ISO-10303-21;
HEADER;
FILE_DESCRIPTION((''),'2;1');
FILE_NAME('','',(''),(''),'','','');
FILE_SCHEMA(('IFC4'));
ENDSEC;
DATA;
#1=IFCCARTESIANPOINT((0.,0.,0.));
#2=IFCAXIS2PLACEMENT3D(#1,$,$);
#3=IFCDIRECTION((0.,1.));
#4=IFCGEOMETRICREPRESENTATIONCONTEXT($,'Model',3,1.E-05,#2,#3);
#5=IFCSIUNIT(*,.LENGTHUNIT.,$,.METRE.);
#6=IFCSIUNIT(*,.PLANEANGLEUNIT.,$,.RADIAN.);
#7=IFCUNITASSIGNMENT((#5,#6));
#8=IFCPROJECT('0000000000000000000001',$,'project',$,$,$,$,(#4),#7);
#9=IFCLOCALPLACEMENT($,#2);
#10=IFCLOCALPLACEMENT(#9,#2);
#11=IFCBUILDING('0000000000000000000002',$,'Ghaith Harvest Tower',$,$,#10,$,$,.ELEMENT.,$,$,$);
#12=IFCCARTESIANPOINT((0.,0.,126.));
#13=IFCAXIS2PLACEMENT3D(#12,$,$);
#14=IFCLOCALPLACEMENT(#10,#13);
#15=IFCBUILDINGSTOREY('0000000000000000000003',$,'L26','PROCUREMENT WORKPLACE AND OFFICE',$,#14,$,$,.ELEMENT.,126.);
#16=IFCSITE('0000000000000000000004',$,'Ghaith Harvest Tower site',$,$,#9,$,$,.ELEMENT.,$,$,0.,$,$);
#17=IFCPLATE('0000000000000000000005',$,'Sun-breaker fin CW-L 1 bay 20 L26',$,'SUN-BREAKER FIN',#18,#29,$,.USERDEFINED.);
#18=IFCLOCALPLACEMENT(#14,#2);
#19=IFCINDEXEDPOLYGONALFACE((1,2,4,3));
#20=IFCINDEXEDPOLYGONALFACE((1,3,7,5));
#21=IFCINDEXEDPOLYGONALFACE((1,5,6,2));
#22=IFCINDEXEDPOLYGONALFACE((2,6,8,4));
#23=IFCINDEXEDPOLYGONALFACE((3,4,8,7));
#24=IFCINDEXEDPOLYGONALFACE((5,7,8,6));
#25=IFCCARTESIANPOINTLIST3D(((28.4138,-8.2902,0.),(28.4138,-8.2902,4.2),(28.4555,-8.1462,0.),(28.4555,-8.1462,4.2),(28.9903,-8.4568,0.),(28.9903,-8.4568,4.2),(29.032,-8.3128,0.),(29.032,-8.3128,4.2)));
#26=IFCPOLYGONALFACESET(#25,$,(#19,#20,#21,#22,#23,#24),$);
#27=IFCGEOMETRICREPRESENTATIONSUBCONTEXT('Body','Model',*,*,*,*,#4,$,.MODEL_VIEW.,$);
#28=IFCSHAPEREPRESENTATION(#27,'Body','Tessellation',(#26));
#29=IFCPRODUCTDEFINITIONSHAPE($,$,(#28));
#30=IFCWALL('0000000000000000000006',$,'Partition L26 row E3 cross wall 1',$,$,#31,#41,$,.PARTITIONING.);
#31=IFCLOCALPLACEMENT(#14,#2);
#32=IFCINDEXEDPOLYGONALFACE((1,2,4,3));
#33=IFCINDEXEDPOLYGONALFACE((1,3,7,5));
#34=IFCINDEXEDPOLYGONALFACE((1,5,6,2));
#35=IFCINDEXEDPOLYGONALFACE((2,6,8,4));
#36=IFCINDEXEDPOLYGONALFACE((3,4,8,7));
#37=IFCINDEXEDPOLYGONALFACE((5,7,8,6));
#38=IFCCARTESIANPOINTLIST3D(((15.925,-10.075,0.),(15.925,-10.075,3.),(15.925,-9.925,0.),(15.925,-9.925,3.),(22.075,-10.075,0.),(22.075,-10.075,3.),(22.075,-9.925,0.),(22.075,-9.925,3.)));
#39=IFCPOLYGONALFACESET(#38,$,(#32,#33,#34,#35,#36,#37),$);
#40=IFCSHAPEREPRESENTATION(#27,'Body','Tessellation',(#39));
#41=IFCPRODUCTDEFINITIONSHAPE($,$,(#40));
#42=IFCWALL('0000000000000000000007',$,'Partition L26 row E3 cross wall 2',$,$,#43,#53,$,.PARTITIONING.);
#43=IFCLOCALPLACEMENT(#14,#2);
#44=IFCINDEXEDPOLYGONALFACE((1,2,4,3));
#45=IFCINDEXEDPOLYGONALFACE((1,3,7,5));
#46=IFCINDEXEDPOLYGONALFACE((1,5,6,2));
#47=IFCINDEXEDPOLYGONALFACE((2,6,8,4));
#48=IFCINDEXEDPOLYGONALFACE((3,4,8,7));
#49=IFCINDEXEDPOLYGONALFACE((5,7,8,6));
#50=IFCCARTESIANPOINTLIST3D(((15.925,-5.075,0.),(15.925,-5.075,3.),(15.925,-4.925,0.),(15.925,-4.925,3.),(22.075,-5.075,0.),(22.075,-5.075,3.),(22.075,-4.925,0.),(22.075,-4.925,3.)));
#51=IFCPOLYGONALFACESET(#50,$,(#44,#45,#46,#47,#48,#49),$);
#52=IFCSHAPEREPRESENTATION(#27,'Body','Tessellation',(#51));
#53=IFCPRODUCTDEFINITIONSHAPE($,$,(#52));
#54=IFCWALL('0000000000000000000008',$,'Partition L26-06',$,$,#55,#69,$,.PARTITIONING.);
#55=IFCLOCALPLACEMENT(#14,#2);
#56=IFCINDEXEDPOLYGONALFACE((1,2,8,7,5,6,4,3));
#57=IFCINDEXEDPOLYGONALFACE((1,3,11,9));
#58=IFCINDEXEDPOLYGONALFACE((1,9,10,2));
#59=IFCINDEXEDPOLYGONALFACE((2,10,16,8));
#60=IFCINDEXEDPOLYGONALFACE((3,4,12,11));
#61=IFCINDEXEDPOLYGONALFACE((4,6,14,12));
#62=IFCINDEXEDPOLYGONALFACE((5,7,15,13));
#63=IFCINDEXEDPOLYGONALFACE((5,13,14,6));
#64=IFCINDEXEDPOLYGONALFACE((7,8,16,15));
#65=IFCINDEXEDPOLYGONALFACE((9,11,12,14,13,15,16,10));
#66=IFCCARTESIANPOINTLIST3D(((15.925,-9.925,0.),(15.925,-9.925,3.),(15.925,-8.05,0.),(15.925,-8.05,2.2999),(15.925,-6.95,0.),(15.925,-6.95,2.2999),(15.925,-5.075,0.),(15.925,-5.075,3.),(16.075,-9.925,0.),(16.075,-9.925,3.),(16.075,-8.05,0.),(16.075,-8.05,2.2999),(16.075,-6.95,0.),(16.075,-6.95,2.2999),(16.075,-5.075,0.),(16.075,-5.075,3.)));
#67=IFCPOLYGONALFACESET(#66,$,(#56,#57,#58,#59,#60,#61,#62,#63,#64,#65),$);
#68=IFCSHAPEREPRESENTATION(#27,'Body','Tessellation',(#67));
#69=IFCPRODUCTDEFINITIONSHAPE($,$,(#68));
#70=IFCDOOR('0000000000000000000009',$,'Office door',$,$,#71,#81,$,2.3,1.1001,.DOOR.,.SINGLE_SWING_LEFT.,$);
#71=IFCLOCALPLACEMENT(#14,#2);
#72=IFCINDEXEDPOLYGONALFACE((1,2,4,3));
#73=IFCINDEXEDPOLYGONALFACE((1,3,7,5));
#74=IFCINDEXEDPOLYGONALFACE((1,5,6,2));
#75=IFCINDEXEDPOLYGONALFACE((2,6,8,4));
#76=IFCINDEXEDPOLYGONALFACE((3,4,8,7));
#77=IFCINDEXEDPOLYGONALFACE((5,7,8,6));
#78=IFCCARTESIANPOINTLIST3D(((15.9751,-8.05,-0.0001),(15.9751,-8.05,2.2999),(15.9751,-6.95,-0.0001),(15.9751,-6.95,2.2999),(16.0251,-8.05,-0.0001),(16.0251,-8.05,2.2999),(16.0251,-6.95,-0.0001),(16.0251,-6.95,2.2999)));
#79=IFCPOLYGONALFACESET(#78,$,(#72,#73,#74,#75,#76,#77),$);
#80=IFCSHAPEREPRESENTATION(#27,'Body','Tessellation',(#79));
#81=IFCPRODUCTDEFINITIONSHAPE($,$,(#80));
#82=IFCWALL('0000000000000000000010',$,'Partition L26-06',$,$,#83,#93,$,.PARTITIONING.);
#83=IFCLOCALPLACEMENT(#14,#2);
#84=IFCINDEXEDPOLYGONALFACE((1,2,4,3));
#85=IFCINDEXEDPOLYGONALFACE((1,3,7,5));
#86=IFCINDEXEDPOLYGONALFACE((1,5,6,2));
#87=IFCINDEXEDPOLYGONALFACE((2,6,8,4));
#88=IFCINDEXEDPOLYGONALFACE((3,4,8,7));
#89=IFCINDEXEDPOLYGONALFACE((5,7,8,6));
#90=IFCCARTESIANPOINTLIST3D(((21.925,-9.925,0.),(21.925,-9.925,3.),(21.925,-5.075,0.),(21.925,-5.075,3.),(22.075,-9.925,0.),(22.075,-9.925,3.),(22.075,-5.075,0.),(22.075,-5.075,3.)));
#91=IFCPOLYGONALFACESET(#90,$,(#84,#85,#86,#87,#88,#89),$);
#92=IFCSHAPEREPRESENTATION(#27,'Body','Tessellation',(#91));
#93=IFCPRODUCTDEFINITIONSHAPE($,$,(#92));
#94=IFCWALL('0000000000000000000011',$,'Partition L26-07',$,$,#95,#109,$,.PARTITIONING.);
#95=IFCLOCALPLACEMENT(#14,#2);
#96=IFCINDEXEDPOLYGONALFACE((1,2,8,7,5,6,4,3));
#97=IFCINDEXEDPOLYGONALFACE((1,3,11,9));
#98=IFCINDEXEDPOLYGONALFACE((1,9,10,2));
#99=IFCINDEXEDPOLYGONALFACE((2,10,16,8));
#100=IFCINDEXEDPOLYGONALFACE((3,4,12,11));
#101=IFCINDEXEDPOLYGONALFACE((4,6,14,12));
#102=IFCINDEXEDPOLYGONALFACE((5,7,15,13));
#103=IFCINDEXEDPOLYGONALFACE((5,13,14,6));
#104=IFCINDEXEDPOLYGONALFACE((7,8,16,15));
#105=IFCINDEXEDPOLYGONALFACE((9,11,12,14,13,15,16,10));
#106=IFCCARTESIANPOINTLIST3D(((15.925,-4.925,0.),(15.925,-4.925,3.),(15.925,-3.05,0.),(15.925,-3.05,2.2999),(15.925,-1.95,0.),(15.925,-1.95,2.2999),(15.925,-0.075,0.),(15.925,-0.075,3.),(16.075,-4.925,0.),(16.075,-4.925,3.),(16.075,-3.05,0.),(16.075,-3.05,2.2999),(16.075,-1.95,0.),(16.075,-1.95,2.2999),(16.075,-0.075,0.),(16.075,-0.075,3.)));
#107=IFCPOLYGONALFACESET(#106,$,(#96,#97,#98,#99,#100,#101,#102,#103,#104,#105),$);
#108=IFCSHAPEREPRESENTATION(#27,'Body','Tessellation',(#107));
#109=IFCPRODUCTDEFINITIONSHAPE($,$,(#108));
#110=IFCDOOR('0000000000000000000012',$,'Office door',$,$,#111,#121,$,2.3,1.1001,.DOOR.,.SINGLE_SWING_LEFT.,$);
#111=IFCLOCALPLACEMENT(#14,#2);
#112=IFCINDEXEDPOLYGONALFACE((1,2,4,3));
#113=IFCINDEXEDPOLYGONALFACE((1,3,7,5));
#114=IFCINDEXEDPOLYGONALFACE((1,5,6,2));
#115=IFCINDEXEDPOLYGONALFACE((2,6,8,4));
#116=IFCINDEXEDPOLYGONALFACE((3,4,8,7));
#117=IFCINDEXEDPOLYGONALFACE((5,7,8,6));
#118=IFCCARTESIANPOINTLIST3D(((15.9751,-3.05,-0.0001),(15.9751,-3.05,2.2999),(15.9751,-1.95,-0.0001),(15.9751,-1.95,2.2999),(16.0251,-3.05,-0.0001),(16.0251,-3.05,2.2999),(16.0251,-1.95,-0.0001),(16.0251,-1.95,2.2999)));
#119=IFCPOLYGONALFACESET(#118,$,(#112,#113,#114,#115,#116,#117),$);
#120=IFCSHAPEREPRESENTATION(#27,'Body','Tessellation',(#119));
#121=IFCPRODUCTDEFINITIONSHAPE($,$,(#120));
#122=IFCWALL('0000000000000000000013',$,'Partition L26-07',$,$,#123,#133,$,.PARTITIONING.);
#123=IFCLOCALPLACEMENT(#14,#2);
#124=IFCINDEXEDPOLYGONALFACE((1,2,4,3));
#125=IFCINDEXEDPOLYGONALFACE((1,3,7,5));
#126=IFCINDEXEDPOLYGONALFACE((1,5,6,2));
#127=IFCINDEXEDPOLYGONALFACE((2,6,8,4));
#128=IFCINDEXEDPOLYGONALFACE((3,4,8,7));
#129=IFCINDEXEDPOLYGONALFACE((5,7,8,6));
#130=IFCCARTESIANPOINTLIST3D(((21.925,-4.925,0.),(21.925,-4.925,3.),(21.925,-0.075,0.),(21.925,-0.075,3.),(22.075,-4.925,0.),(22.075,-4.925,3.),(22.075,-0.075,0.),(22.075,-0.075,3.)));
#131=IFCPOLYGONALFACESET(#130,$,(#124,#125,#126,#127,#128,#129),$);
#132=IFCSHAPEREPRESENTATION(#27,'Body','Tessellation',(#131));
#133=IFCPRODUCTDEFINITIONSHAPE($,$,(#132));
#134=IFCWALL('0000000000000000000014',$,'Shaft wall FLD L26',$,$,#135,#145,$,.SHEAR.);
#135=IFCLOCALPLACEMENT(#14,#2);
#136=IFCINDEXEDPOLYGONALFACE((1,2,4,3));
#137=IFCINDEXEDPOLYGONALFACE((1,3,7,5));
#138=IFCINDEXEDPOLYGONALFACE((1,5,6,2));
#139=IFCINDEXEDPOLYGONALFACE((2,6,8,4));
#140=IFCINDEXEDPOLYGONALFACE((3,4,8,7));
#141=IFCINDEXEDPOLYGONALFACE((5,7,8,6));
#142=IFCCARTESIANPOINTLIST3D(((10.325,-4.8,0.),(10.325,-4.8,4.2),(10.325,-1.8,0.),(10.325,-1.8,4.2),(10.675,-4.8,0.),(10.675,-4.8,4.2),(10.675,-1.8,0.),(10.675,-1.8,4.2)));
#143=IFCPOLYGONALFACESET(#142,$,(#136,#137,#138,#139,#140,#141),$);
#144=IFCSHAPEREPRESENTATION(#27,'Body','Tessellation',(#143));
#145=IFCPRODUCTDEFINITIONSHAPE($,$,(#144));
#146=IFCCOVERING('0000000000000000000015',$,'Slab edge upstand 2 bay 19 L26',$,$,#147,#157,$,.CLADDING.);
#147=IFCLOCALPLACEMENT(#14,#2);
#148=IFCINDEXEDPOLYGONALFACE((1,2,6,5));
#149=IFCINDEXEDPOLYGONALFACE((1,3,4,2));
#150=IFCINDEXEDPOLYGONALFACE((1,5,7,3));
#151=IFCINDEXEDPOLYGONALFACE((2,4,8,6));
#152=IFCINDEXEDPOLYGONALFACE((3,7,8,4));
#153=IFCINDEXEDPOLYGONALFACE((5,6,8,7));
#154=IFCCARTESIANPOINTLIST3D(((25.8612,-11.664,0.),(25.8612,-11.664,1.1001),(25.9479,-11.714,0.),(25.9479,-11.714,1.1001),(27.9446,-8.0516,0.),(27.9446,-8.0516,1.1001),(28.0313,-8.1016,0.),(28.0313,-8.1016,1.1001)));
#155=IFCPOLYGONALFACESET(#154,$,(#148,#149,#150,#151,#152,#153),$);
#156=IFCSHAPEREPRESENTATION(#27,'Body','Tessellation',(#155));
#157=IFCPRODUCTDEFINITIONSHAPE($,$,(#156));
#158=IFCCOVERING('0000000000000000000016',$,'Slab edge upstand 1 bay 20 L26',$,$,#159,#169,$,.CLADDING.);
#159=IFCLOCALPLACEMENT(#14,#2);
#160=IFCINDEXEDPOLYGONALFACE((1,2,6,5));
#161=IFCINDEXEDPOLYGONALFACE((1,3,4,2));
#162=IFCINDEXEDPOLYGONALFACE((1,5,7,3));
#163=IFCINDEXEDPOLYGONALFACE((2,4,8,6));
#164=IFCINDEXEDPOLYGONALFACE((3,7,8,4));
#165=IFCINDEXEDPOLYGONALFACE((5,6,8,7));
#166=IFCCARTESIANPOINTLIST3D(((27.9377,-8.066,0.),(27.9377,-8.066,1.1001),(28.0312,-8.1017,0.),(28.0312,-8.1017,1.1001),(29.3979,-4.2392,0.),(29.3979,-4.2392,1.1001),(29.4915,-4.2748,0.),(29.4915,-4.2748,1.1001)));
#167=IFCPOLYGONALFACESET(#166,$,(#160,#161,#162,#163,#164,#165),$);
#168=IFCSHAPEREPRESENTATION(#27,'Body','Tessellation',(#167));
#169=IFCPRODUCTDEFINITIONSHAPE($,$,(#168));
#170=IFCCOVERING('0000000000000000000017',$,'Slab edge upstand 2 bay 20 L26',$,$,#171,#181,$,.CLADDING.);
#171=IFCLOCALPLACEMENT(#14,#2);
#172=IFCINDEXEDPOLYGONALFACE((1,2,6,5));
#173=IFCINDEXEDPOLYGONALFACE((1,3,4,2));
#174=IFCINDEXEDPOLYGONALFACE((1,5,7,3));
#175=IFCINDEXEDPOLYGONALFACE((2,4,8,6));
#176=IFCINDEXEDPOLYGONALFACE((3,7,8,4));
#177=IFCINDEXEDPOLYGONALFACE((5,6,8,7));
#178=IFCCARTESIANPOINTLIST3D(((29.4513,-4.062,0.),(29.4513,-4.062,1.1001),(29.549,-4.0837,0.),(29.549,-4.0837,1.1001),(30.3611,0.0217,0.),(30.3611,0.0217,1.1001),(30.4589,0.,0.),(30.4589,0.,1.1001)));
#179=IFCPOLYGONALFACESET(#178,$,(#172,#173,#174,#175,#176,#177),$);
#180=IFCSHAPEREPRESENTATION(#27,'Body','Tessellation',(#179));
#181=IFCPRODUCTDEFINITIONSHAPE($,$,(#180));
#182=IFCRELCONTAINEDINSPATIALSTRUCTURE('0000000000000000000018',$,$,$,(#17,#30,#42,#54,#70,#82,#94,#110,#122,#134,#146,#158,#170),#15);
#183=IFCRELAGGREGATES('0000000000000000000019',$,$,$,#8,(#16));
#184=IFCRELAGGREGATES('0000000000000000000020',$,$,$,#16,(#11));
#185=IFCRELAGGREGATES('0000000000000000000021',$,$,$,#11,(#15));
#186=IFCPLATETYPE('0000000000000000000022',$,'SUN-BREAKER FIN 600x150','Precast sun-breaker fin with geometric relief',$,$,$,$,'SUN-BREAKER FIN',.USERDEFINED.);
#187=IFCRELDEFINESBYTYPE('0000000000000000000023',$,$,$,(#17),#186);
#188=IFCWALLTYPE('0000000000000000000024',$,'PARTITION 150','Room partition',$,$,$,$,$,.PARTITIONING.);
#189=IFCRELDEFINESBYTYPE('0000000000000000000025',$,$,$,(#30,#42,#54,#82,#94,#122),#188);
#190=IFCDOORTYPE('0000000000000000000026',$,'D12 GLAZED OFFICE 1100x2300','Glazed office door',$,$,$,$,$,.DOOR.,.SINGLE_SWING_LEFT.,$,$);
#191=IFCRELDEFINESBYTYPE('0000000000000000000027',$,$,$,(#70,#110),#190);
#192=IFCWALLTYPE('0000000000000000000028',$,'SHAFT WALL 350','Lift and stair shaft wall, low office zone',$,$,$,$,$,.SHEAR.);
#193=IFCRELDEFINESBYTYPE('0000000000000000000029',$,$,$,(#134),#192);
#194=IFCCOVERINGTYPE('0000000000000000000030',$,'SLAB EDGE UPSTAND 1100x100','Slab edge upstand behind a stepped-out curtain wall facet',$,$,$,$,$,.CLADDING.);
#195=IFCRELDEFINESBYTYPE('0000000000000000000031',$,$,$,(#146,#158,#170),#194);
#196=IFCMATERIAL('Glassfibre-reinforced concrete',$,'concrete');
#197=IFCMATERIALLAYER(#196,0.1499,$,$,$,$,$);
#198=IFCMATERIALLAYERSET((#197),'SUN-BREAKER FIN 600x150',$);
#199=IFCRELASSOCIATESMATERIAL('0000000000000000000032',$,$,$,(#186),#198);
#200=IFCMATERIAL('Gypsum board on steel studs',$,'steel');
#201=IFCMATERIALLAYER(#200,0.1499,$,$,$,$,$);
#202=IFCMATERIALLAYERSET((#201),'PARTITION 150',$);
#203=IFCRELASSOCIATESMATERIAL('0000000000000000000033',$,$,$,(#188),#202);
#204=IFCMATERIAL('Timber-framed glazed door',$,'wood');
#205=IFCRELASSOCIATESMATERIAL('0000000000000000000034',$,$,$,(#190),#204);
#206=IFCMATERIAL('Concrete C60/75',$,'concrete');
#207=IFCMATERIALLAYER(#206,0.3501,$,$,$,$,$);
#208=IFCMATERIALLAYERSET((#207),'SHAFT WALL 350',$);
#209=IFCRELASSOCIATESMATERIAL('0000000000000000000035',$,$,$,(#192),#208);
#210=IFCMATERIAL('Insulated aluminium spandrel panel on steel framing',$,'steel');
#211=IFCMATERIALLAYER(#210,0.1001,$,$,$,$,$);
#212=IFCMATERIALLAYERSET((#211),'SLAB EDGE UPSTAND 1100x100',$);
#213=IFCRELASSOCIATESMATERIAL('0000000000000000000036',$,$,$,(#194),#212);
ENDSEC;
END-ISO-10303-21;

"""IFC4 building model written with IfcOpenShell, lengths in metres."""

from ifc_helpers import new_model, si_unit, direction, frame, frame_2d, origin, origin_2d, place, context, subcontext, project, spatial, rectangle, extrude, material, layer, layer_set, type_object, element, fill, save


model = new_model("IFC4")

# Units and contexts
model_context = context("Model", 3, precision=1e-05, world=origin(), true_north=direction((0.0, 1.0)))
body_context = subcontext(model_context, "Body", "Model", "MODEL_VIEW")
ifc_project = project(units=[si_unit("LENGTHUNIT", "METRE"), si_unit("PLANEANGLEUNIT", "RADIAN")], contexts=[model_context])

# Site, building, storey
site_placement = place(None, origin())
site = spatial("IfcSite", under=ifc_project, at=site_placement, Name="Ghaith Harvest Tower site", CompositionType="ELEMENT", RefElevation=0.0)
building_placement = place(site_placement, origin())
building = spatial("IfcBuilding", under=site, at=building_placement, Name="Ghaith Harvest Tower", CompositionType="ELEMENT")
storey_placement = place(building_placement, frame((0.0, 0.0, 126.0)))
storey = spatial("IfcBuildingStorey", under=building, at=storey_placement, Name="L26", Description="PROCUREMENT WORKPLACE AND OFFICE", CompositionType="ELEMENT", Elevation=126.0)

# Plate
ifc_material_1 = material(Name="Glassfibre-reinforced concrete", Category="concrete")
ifc_layer_1 = layer(ifc_material_1, 0.1499)
ifc_layer_set_1 = layer_set([ifc_layer_1], Name="SUN-BREAKER FIN 600x150")
plate_type_1 = type_object("IfcPlateType", Name="SUN-BREAKER FIN 600x150", Description="Precast sun-breaker fin with geometric relief", ElementType="SUN-BREAKER FIN", PredefinedType="USERDEFINED", material=ifc_layer_set_1)
plate_1_placement = place(storey_placement, frame((28.7229, -8.3015, 0.0), z_axis=(0.0, 0.0, 1.0), x_axis=(0.96068, -0.277657, 0.0)))
element("IfcPlate", 1, at=plate_1_placement, inside=storey, type_object=plate_type_1, Name="Sun-breaker fin CW-L 1 bay 20 L26", ObjectType="SUN-BREAKER FIN", PredefinedType="USERDEFINED", context=body_context, shape_type="SweptSolid", body=[
    extrude(rectangle(XDim=0.6001, YDim=0.1499, at=origin_2d()), origin(), (0.0, 0.0, 1.0), 4.2),
])

# Walls
ifc_material_2 = material(Name="Gypsum board on steel studs", Category="steel")
ifc_layer_2 = layer(ifc_material_2, 0.1499)
ifc_layer_set_2 = layer_set([ifc_layer_2], Name="PARTITION 150")
wall_type_1 = type_object("IfcWallType", Name="PARTITION 150", Description="Room partition", PredefinedType="PARTITIONING", material=ifc_layer_set_2)
for number, where, z_axis, x_axis, name in (
    (2, (15.925, -10.0, 0.0), (0.0, 0.0, 1.0), (1.0, 0.0, 0.0), "Partition L26 row E3 cross wall 1"),
    (3, (15.925, -5.0, 0.0), (0.0, 0.0, 1.0), (1.0, 0.0, 0.0), "Partition L26 row E3 cross wall 2"),
):
    element("IfcWall", number, at=place(storey_placement, frame(where, z_axis=z_axis, x_axis=x_axis)), inside=storey, type_object=wall_type_1, Name=name, PredefinedType="PARTITIONING", context=body_context, shape_type="SweptSolid", body=[
        extrude(rectangle(XDim=6.1499, YDim=0.1499, at=frame_2d((3.075, 0.0))), origin(), (0.0, 0.0, 1.0), 3.0),
    ])

# Wall, opening, door
wall_1_placement = place(storey_placement, frame((16.0, -9.925, 0.0), z_axis=(0.0, 0.0, 1.0), x_axis=(0.0, 1.0, 0.0)))
wall_1 = element("IfcWall", 4, at=wall_1_placement, inside=storey, type_object=wall_type_1, Name="Partition L26-06", PredefinedType="PARTITIONING", context=body_context, shape_type="SweptSolid", body=[
    extrude(rectangle(XDim=4.8501, YDim=0.1499, at=frame_2d((2.425, 0.0))), origin(), (0.0, 0.0, 1.0), 3.0),
])
opening_1_placement = place(wall_1_placement, frame((1.875, 0.0, 0.0)))
opening_1 = element("IfcOpeningElement", 5, at=opening_1_placement, cuts=wall_1, PredefinedType="OPENING", context=body_context, shape_type="SweptSolid", body=[
    extrude(rectangle(XDim=1.1001, YDim=2.3, at=frame_2d((0.55, 1.1499))), frame((0.0, 0.085, 0.0), z_axis=(0.0, -1.0, 0.0), x_axis=(1.0, 0.0, 0.0)), (0.0, 0.0, 1.0), 0.1699),
])
ifc_material_3 = material(Name="Timber-framed glazed door", Category="wood")
door_type_1 = type_object("IfcDoorType", Name="D12 GLAZED OFFICE 1100x2300", Description="Glazed office door", OperationType="SINGLE_SWING_LEFT", PredefinedType="DOOR", material=ifc_material_3)
door_1_placement = place(opening_1_placement, origin())
door_1 = element("IfcDoor", 6, at=door_1_placement, inside=storey, type_object=door_type_1, Name="Office door", OperationType="SINGLE_SWING_LEFT", OverallHeight=2.3, OverallWidth=1.1001, PredefinedType="DOOR", context=body_context, shape_type="SweptSolid", body=[
    extrude(rectangle(XDim=1.1001, YDim=2.3, at=frame_2d((0.55, 1.1499))), frame((0.0, 0.0249, 0.0), z_axis=(0.0, -1.0, 0.0), x_axis=(1.0, 0.0, 0.0)), (0.0, 0.0, 1.0), 0.05),
])
fill(opening_1, door_1)

# Wall
wall_2_placement = place(storey_placement, frame((22.0, -9.925, 0.0), z_axis=(0.0, 0.0, 1.0), x_axis=(0.0, 1.0, 0.0)))
element("IfcWall", 7, at=wall_2_placement, inside=storey, type_object=wall_type_1, Name="Partition L26-06", PredefinedType="PARTITIONING", context=body_context, shape_type="SweptSolid", body=[
    extrude(rectangle(XDim=4.8501, YDim=0.1499, at=frame_2d((2.425, 0.0))), origin(), (0.0, 0.0, 1.0), 3.0),
])

# Wall, opening, door
wall_3_placement = place(storey_placement, frame((16.0, -4.925, 0.0), z_axis=(0.0, 0.0, 1.0), x_axis=(0.0, 1.0, 0.0)))
wall_3 = element("IfcWall", 8, at=wall_3_placement, inside=storey, type_object=wall_type_1, Name="Partition L26-07", PredefinedType="PARTITIONING", context=body_context, shape_type="SweptSolid", body=[
    extrude(rectangle(XDim=4.8501, YDim=0.1499, at=frame_2d((2.425, 0.0))), origin(), (0.0, 0.0, 1.0), 3.0),
])
opening_2_placement = place(wall_3_placement, frame((1.875, 0.0, 0.0)))
opening_2 = element("IfcOpeningElement", 9, at=opening_2_placement, cuts=wall_3, PredefinedType="OPENING", context=body_context, shape_type="SweptSolid", body=[
    extrude(rectangle(XDim=1.1001, YDim=2.3, at=frame_2d((0.55, 1.1499))), frame((0.0, 0.085, 0.0), z_axis=(0.0, -1.0, 0.0), x_axis=(1.0, 0.0, 0.0)), (0.0, 0.0, 1.0), 0.1699),
])
door_2_placement = place(opening_2_placement, origin())
door_2 = element("IfcDoor", 10, at=door_2_placement, inside=storey, type_object=door_type_1, Name="Office door", OperationType="SINGLE_SWING_LEFT", OverallHeight=2.3, OverallWidth=1.1001, PredefinedType="DOOR", context=body_context, shape_type="SweptSolid", body=[
    extrude(rectangle(XDim=1.1001, YDim=2.3, at=frame_2d((0.55, 1.1499))), frame((0.0, 0.0249, 0.0), z_axis=(0.0, -1.0, 0.0), x_axis=(1.0, 0.0, 0.0)), (0.0, 0.0, 1.0), 0.05),
])
fill(opening_2, door_2)

# Walls
wall_4_placement = place(storey_placement, frame((22.0, -4.925, 0.0), z_axis=(0.0, 0.0, 1.0), x_axis=(0.0, 1.0, 0.0)))
element("IfcWall", 11, at=wall_4_placement, inside=storey, type_object=wall_type_1, Name="Partition L26-07", PredefinedType="PARTITIONING", context=body_context, shape_type="SweptSolid", body=[
    extrude(rectangle(XDim=4.8501, YDim=0.1499, at=frame_2d((2.425, 0.0))), origin(), (0.0, 0.0, 1.0), 3.0),
])
ifc_material_4 = material(Name="Concrete C60/75", Category="concrete")
ifc_layer_3 = layer(ifc_material_4, 0.3501)
ifc_layer_set_3 = layer_set([ifc_layer_3], Name="SHAFT WALL 350")
wall_type_2 = type_object("IfcWallType", Name="SHAFT WALL 350", Description="Lift and stair shaft wall, low office zone", PredefinedType="SHEAR", material=ifc_layer_set_3)
wall_5_placement = place(storey_placement, frame((10.5, -4.8, 0.0), z_axis=(0.0, 0.0, 1.0), x_axis=(0.0, 1.0, 0.0)))
element("IfcWall", 12, at=wall_5_placement, inside=storey, type_object=wall_type_2, Name="Shaft wall FLD L26", PredefinedType="SHEAR", context=body_context, shape_type="SweptSolid", body=[
    extrude(rectangle(XDim=3.0, YDim=0.3501, at=frame_2d((1.5, 0.0))), origin(), (0.0, 0.0, 1.0), 4.2),
])

# Coverings
ifc_material_5 = material(Name="Insulated aluminium spandrel panel on steel framing", Category="steel")
ifc_layer_4 = layer(ifc_material_5, 0.1001)
ifc_layer_set_4 = layer_set([ifc_layer_4], Name="SLAB EDGE UPSTAND 1100x100")
covering_type = type_object("IfcCoveringType", Name="SLAB EDGE UPSTAND 1100x100", Description="Slab edge upstand behind a stepped-out curtain wall facet", PredefinedType="CLADDING", material=ifc_layer_set_4)
covering_1_placement = place(storey_placement, frame((26.9463, -9.8828, 0.0), z_axis=(0.0, 0.0, 1.0), x_axis=(0.499596, 0.866258, 0.0)))
element("IfcCovering", 13, at=covering_1_placement, inside=storey, type_object=covering_type, Name="Slab edge upstand 2 bay 19 L26", PredefinedType="CLADDING", context=body_context, shape_type="SweptSolid", body=[
    extrude(rectangle(XDim=4.1702, YDim=0.1001, at=origin_2d()), origin(), (0.0, 0.0, 1.0), 1.1001),
])
covering_2_placement = place(storey_placement, frame((28.7146, -6.1704, 0.0), z_axis=(0.0, 0.0, 1.0), x_axis=(0.356504, 0.934294, 0.0)))
element("IfcCovering", 14, at=covering_2_placement, inside=storey, type_object=covering_type, Name="Slab edge upstand 1 bay 20 L26", PredefinedType="CLADDING", context=body_context, shape_type="SweptSolid", body=[
    extrude(rectangle(XDim=4.0959, YDim=0.1001, at=origin_2d()), origin(), (0.0, 0.0, 1.0), 1.1001),
])
covering_3_placement = place(storey_placement, frame((29.9551, -2.031, 0.0), z_axis=(0.0, 0.0, 1.0), x_axis=(0.217466, 0.976068, 0.0)))
element("IfcCovering", 15, at=covering_3_placement, inside=storey, type_object=covering_type, Name="Slab edge upstand 2 bay 20 L26", PredefinedType="CLADDING", context=body_context, shape_type="SweptSolid", body=[
    extrude(rectangle(XDim=4.1838, YDim=0.1001, at=origin_2d()), origin(), (0.0, 0.0, 1.0), 1.1001),
])

save(model, "model.ifc")
